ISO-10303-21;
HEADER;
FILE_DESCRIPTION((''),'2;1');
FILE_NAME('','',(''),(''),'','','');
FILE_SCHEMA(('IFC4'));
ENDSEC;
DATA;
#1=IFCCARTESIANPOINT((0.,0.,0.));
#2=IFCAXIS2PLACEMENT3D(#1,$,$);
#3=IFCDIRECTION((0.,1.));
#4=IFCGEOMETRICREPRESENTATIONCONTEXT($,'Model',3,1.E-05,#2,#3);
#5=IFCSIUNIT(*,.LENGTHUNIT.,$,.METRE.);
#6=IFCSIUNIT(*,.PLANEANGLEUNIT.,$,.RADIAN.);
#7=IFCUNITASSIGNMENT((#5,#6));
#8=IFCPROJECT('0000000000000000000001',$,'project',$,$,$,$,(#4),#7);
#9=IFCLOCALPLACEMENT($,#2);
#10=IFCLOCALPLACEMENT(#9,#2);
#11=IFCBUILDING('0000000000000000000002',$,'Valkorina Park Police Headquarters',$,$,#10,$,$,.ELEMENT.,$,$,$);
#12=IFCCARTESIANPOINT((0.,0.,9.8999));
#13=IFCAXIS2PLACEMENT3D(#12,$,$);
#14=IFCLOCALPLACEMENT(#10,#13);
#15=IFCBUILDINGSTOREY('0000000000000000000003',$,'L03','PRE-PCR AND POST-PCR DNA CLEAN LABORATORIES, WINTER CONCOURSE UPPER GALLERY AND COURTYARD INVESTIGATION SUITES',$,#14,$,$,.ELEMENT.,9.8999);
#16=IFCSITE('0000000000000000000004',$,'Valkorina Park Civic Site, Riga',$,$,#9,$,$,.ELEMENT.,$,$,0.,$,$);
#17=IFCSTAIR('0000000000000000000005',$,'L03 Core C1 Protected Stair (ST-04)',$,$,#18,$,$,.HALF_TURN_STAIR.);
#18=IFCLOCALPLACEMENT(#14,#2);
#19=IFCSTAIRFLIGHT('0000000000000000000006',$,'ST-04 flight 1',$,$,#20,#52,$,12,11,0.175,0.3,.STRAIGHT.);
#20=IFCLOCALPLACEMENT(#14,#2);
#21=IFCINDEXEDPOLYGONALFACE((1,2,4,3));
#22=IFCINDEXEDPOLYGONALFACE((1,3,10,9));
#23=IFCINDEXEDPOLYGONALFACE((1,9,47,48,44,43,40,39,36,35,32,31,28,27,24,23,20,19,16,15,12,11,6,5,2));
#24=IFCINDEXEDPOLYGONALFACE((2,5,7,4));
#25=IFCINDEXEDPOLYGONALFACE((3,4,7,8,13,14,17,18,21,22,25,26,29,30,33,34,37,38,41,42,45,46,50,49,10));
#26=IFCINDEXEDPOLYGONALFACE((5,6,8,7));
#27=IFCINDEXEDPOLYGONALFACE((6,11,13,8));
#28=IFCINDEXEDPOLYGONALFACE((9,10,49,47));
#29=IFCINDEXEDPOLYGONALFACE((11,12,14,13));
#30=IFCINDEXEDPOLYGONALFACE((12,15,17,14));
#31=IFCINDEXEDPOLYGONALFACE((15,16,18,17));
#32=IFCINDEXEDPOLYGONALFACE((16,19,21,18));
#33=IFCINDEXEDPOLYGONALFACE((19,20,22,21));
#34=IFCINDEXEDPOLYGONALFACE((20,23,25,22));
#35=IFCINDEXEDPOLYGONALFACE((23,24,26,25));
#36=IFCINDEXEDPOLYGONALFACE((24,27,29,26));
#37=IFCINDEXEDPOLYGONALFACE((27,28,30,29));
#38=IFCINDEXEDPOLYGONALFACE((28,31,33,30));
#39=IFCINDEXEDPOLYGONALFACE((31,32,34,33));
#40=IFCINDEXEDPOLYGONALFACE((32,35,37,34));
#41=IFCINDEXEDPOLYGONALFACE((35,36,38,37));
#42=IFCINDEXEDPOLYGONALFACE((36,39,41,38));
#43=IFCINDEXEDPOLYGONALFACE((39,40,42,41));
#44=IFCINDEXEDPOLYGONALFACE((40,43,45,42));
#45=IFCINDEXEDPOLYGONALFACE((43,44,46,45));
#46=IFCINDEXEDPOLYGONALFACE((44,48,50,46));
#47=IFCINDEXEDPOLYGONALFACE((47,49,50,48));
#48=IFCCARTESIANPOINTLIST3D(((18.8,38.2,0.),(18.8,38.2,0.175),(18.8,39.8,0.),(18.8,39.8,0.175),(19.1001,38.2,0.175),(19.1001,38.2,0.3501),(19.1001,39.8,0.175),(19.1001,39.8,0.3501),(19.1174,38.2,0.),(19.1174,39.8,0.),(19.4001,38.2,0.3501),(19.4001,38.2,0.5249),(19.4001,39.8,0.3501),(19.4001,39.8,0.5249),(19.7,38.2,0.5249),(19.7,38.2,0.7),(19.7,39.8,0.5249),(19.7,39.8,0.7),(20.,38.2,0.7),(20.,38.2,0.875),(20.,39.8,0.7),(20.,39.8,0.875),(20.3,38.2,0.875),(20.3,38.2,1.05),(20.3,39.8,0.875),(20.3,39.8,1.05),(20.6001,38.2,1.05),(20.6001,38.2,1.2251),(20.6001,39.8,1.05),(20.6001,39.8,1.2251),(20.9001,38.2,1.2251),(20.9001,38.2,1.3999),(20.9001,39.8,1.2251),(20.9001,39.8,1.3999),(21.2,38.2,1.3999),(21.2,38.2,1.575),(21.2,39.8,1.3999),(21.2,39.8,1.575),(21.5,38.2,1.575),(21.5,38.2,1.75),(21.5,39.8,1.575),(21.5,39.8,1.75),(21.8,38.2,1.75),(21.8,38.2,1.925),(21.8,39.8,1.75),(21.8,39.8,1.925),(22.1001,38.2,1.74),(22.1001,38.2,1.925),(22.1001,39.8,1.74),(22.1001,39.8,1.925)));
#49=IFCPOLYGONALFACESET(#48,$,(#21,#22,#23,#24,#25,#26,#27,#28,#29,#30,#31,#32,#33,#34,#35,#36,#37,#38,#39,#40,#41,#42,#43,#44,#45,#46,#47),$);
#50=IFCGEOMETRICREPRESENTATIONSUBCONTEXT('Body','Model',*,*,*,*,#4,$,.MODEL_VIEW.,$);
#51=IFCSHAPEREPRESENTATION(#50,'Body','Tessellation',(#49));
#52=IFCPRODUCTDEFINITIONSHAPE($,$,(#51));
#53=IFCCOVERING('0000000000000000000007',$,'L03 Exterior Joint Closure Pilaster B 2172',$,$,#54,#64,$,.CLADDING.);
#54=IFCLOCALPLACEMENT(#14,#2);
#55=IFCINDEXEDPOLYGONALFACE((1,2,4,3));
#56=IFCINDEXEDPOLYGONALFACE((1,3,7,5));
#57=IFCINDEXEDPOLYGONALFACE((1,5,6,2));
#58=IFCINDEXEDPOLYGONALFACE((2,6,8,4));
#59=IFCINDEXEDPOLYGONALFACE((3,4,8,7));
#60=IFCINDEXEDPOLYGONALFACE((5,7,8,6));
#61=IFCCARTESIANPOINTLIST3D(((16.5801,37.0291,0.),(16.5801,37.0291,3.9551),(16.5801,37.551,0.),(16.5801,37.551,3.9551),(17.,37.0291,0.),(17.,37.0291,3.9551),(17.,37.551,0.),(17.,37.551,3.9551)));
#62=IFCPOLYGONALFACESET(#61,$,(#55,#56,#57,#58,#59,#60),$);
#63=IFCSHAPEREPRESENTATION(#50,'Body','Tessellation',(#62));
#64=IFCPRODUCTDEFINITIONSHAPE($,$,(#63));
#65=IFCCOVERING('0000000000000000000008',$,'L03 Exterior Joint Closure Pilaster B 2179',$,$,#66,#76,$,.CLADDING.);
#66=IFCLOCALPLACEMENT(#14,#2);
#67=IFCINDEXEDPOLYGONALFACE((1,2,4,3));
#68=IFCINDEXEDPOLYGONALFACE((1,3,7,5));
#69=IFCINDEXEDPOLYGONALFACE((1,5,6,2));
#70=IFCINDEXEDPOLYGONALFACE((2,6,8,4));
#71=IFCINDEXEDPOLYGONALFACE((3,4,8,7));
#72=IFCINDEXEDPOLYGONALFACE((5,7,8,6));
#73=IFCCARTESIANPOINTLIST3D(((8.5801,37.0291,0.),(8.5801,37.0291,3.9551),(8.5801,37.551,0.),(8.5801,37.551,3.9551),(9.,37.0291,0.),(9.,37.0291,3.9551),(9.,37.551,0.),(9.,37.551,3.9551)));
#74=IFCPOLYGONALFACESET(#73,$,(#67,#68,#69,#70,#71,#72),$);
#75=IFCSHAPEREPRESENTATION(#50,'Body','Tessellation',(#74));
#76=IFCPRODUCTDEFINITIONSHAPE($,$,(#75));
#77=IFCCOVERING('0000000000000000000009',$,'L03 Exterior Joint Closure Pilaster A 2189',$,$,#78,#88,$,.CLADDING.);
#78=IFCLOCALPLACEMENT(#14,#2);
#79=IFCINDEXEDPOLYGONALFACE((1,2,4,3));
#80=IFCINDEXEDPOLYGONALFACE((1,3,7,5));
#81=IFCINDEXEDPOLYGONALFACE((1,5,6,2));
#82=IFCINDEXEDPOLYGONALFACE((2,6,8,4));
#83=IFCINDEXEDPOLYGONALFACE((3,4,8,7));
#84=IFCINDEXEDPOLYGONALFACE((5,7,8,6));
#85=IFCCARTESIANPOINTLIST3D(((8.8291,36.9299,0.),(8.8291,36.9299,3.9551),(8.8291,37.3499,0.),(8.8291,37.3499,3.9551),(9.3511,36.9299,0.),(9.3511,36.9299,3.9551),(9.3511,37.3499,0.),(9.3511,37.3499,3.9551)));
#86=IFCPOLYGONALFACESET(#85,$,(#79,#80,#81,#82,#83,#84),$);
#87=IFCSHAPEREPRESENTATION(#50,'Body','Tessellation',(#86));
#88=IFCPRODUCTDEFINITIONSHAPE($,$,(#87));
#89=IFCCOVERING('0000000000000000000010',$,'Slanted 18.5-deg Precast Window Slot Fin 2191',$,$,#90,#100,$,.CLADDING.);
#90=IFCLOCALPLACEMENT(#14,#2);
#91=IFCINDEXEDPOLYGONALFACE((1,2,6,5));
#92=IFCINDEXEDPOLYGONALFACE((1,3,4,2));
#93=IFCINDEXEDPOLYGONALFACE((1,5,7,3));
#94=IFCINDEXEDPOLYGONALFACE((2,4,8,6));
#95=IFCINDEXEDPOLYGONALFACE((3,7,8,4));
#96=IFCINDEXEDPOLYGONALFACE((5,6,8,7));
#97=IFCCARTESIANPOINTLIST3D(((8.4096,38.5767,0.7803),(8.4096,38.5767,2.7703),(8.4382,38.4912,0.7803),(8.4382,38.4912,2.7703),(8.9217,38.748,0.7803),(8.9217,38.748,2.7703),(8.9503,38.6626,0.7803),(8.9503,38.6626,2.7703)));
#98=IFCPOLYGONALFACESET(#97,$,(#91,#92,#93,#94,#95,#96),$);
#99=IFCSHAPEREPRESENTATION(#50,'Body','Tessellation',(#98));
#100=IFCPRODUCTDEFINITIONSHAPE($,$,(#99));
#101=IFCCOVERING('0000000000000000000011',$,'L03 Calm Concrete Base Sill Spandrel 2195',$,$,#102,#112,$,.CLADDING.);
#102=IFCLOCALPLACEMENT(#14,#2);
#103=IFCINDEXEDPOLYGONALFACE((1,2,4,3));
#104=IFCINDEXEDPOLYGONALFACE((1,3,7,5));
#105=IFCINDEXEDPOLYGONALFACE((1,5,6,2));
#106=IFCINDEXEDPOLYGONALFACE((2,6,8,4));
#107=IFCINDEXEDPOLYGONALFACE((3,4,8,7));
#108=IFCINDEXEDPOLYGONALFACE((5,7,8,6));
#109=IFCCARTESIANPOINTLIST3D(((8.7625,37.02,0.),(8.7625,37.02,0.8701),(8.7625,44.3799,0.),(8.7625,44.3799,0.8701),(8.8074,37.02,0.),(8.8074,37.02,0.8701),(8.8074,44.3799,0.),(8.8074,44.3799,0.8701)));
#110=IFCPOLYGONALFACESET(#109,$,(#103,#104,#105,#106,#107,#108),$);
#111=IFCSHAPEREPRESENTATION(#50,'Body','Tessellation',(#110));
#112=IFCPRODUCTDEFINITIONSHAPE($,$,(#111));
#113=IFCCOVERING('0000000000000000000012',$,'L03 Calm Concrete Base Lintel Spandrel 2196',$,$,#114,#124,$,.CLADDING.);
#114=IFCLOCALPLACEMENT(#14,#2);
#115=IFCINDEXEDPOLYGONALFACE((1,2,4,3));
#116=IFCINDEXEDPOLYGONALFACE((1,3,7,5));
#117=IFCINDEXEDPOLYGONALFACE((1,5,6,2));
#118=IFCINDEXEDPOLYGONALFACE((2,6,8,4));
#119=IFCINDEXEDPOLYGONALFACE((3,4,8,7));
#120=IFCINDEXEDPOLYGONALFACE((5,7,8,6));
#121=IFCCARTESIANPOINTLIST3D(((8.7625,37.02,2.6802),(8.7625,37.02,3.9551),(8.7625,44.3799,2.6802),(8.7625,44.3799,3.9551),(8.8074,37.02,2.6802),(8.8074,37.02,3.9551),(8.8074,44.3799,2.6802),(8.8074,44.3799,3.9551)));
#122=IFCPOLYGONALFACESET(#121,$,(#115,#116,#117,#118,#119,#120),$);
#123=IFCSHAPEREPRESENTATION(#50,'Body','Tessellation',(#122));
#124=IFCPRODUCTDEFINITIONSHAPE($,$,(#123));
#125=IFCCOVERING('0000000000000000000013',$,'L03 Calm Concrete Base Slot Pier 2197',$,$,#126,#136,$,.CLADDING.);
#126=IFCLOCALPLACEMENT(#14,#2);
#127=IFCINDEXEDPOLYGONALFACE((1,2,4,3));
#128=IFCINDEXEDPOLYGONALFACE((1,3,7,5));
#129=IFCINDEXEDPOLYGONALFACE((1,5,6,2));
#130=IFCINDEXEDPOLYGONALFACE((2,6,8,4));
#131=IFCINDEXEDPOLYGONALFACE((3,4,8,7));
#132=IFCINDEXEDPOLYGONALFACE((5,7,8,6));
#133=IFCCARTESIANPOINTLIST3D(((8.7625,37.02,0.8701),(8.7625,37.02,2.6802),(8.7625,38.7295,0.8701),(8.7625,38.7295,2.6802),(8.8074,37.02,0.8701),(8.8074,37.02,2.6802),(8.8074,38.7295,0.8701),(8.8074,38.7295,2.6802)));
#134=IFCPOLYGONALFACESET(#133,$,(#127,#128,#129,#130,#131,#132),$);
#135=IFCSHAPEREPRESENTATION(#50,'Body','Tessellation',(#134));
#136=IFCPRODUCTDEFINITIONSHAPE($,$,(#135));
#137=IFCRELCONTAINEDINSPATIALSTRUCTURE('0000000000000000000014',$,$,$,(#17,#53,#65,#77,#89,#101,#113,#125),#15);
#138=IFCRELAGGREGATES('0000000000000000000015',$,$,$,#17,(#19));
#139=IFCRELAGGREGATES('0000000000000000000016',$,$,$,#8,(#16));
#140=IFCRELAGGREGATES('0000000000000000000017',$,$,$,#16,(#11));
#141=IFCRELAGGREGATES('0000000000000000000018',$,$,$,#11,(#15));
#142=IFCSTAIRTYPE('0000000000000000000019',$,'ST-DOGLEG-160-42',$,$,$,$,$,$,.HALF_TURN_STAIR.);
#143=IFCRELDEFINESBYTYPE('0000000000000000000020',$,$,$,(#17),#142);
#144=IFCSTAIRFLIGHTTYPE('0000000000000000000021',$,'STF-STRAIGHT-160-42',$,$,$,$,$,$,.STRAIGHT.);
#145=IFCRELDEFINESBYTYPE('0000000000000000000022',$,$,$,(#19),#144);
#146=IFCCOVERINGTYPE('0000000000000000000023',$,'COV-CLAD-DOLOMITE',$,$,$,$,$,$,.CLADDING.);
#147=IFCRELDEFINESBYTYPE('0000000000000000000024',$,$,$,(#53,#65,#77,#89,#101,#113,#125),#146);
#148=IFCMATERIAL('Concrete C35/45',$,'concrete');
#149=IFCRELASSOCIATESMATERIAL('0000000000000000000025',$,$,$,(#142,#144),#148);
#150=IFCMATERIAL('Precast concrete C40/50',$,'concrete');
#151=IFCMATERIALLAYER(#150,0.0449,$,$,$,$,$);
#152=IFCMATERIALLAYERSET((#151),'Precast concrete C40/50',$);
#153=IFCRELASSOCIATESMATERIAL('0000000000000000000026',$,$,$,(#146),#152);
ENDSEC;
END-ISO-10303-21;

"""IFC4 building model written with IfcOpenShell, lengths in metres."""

from ifc_helpers import new_model, si_unit, direction, frame, frame_2d, origin, origin_2d, place, context, subcontext, project, spatial, polyline, rectangle, outline, extrude, material, layer, layer_set, type_object, element, aggregate, save


model = new_model("IFC4")

# Units and contexts
model_context = context("Model", 3, precision=1e-05, world=origin(), true_north=direction((0.0, 1.0)))
body_context = subcontext(model_context, "Body", "Model", "MODEL_VIEW")
ifc_project = project(units=[si_unit("LENGTHUNIT", "METRE"), si_unit("PLANEANGLEUNIT", "RADIAN")], contexts=[model_context])

# Site, building, storey
site_placement = place(None, origin())
site = spatial("IfcSite", under=ifc_project, at=site_placement, Name="Valkorina Park Civic Site, Riga", CompositionType="ELEMENT", RefElevation=0.0)
building_placement = place(site_placement, origin())
building = spatial("IfcBuilding", under=site, at=building_placement, Name="Valkorina Park Police Headquarters", CompositionType="ELEMENT")
storey_placement = place(building_placement, frame((0.0, 0.0, 9.8999)))
storey = spatial("IfcBuildingStorey", under=building, at=storey_placement, Name="L03", Description="PRE-PCR AND POST-PCR DNA CLEAN LABORATORIES, WINTER CONCOURSE UPPER GALLERY AND COURTYARD INVESTIGATION SUITES", CompositionType="ELEMENT", Elevation=9.8999)

# Shared definitions
ifc_material_1 = material(Name="Concrete C35/45", Category="concrete")

# Stair, stair flight
stair_type = type_object("IfcStairType", Name="ST-DOGLEG-160-42", PredefinedType="HALF_TURN_STAIR", material=ifc_material_1)
stair_placement = place(storey_placement, origin())
stair = element("IfcStair", 1, at=stair_placement, inside=storey, type_object=stair_type, Name="L03 Core C1 Protected Stair (ST-04)", PredefinedType="HALF_TURN_STAIR")
stair_flight_type = type_object("IfcStairFlightType", Name="STF-STRAIGHT-160-42", PredefinedType="STRAIGHT", material=ifc_material_1)
stair_flight_placement = place(storey_placement, frame((18.8, 39.0, 0.0), z_axis=(0.0, 0.0, 1.0), x_axis=(1.0, 0.0, 0.0)))
stair_flight = element("IfcStairFlight", 2, at=stair_flight_placement, type_object=stair_flight_type, Name="ST-04 flight 1", NumberOfRisers=12, NumberOfTreads=11, PredefinedType="STRAIGHT", RiserHeight=0.175, TreadLength=0.3, context=body_context, shape_type="SweptSolid", body=[
    extrude(outline(polyline([(0.0, 0.0), (0.0, 0.175), (0.3, 0.175), (0.3, 0.3501), (0.6001, 0.3501), (0.6001, 0.5249), (0.8999, 0.5249), (0.8999, 0.7), (1.2, 0.7), (1.2, 0.875), (1.5, 0.875), (1.5, 1.05), (1.8, 1.05), (1.8, 1.2251), (2.1001, 1.2251), (2.1001, 1.3999), (2.3999, 1.3999), (2.3999, 1.575), (2.7, 1.575), (2.7, 1.75), (3.0, 1.75), (3.0, 1.925), (3.3, 1.925), (3.3, 2.1001), (3.3, 1.74), (0.3174, 0.0), (0.0, 0.0)])), frame((0.0, 0.8, 0.0), z_axis=(0.0, -1.0, 0.0), x_axis=(1.0, 0.0, 0.0)), (0.0, 0.0, 1.0), 1.6001),
])
aggregate(stair, [stair_flight])

# Coverings
ifc_material_2 = material(Name="Precast concrete C40/50", Category="concrete")
ifc_layer_1 = layer(ifc_material_2, 0.0449)
ifc_layer_set_1 = layer_set([ifc_layer_1], Name="Precast concrete C40/50")
covering_type = type_object("IfcCoveringType", Name="COV-CLAD-DOLOMITE", PredefinedType="CLADDING", material=ifc_layer_set_1)
for number, where, z_axis, x_axis, name in (
    (3, (16.79, 37.29, 0.0), (0.0, 0.0, 1.0), (1.0, 0.0, 0.0), "L03 Exterior Joint Closure Pilaster B 2172"),
    (4, (8.79, 37.29, 0.0), (0.0, 0.0, 1.0), (1.0, 0.0, 0.0), "L03 Exterior Joint Closure Pilaster B 2179"),
    (5, (9.0901, 37.1399, 0.0), (0.0, 0.0, 1.0), (0.0, 1.0, 0.0), "L03 Exterior Joint Closure Pilaster A 2189"),
):
    element("IfcCovering", number, at=place(storey_placement, frame(where, z_axis=z_axis, x_axis=x_axis)), inside=storey, type_object=covering_type, Name=name, PredefinedType="CLADDING", context=body_context, shape_type="SweptSolid", body=[
        extrude(rectangle(XDim=0.4199, YDim=0.522, at=origin_2d()), origin(), (0.0, 0.0, 1.0), 3.9551),
    ])
covering_1_placement = place(storey_placement, frame((8.6799, 38.6196, 0.7803), z_axis=(0.0, 0.0, 1.0), x_axis=(-0.948324, -0.317305, 0.0)))
element("IfcCovering", 6, at=covering_1_placement, inside=storey, type_object=covering_type, Name="Slanted 18.5-deg Precast Window Slot Fin 2191", PredefinedType="CLADDING", context=body_context, shape_type="SweptSolid", body=[
    extrude(rectangle(XDim=0.54, YDim=0.0901, at=origin_2d()), origin(), (0.0, 0.0, 1.0), 1.99),
])
covering_2_placement = place(storey_placement, frame((8.7849, 37.02, 0.0), z_axis=(0.0, 0.0, 1.0), x_axis=(0.0, 1.0, 0.0)))
element("IfcCovering", 7, at=covering_2_placement, inside=storey, type_object=covering_type, Name="L03 Calm Concrete Base Sill Spandrel 2195", PredefinedType="CLADDING", context=body_context, shape_type="SweptSolid", body=[
    extrude(rectangle(XDim=7.3599, YDim=0.0449, at=frame_2d((3.6799, 0.0))), origin(), (0.0, 0.0, 1.0), 0.8701),
])
covering_3_placement = place(storey_placement, frame((8.7849, 37.02, 2.6802), z_axis=(0.0, 0.0, 1.0), x_axis=(0.0, 1.0, 0.0)))
element("IfcCovering", 8, at=covering_3_placement, inside=storey, type_object=covering_type, Name="L03 Calm Concrete Base Lintel Spandrel 2196", PredefinedType="CLADDING", context=body_context, shape_type="SweptSolid", body=[
    extrude(rectangle(XDim=7.3599, YDim=0.0449, at=frame_2d((3.6799, 0.0))), origin(), (0.0, 0.0, 1.0), 1.2749),
])
covering_4_placement = place(storey_placement, frame((8.7849, 37.02, 0.8701), z_axis=(0.0, 0.0, 1.0), x_axis=(0.0, 1.0, 0.0)))
element("IfcCovering", 9, at=covering_4_placement, inside=storey, type_object=covering_type, Name="L03 Calm Concrete Base Slot Pier 2197", PredefinedType="CLADDING", context=body_context, shape_type="SweptSolid", body=[
    extrude(rectangle(XDim=1.7095, YDim=0.0449, at=frame_2d((0.8547, 0.0))), origin(), (0.0, 0.0, 1.0), 1.8101),
])

save(model, "model.ifc")
